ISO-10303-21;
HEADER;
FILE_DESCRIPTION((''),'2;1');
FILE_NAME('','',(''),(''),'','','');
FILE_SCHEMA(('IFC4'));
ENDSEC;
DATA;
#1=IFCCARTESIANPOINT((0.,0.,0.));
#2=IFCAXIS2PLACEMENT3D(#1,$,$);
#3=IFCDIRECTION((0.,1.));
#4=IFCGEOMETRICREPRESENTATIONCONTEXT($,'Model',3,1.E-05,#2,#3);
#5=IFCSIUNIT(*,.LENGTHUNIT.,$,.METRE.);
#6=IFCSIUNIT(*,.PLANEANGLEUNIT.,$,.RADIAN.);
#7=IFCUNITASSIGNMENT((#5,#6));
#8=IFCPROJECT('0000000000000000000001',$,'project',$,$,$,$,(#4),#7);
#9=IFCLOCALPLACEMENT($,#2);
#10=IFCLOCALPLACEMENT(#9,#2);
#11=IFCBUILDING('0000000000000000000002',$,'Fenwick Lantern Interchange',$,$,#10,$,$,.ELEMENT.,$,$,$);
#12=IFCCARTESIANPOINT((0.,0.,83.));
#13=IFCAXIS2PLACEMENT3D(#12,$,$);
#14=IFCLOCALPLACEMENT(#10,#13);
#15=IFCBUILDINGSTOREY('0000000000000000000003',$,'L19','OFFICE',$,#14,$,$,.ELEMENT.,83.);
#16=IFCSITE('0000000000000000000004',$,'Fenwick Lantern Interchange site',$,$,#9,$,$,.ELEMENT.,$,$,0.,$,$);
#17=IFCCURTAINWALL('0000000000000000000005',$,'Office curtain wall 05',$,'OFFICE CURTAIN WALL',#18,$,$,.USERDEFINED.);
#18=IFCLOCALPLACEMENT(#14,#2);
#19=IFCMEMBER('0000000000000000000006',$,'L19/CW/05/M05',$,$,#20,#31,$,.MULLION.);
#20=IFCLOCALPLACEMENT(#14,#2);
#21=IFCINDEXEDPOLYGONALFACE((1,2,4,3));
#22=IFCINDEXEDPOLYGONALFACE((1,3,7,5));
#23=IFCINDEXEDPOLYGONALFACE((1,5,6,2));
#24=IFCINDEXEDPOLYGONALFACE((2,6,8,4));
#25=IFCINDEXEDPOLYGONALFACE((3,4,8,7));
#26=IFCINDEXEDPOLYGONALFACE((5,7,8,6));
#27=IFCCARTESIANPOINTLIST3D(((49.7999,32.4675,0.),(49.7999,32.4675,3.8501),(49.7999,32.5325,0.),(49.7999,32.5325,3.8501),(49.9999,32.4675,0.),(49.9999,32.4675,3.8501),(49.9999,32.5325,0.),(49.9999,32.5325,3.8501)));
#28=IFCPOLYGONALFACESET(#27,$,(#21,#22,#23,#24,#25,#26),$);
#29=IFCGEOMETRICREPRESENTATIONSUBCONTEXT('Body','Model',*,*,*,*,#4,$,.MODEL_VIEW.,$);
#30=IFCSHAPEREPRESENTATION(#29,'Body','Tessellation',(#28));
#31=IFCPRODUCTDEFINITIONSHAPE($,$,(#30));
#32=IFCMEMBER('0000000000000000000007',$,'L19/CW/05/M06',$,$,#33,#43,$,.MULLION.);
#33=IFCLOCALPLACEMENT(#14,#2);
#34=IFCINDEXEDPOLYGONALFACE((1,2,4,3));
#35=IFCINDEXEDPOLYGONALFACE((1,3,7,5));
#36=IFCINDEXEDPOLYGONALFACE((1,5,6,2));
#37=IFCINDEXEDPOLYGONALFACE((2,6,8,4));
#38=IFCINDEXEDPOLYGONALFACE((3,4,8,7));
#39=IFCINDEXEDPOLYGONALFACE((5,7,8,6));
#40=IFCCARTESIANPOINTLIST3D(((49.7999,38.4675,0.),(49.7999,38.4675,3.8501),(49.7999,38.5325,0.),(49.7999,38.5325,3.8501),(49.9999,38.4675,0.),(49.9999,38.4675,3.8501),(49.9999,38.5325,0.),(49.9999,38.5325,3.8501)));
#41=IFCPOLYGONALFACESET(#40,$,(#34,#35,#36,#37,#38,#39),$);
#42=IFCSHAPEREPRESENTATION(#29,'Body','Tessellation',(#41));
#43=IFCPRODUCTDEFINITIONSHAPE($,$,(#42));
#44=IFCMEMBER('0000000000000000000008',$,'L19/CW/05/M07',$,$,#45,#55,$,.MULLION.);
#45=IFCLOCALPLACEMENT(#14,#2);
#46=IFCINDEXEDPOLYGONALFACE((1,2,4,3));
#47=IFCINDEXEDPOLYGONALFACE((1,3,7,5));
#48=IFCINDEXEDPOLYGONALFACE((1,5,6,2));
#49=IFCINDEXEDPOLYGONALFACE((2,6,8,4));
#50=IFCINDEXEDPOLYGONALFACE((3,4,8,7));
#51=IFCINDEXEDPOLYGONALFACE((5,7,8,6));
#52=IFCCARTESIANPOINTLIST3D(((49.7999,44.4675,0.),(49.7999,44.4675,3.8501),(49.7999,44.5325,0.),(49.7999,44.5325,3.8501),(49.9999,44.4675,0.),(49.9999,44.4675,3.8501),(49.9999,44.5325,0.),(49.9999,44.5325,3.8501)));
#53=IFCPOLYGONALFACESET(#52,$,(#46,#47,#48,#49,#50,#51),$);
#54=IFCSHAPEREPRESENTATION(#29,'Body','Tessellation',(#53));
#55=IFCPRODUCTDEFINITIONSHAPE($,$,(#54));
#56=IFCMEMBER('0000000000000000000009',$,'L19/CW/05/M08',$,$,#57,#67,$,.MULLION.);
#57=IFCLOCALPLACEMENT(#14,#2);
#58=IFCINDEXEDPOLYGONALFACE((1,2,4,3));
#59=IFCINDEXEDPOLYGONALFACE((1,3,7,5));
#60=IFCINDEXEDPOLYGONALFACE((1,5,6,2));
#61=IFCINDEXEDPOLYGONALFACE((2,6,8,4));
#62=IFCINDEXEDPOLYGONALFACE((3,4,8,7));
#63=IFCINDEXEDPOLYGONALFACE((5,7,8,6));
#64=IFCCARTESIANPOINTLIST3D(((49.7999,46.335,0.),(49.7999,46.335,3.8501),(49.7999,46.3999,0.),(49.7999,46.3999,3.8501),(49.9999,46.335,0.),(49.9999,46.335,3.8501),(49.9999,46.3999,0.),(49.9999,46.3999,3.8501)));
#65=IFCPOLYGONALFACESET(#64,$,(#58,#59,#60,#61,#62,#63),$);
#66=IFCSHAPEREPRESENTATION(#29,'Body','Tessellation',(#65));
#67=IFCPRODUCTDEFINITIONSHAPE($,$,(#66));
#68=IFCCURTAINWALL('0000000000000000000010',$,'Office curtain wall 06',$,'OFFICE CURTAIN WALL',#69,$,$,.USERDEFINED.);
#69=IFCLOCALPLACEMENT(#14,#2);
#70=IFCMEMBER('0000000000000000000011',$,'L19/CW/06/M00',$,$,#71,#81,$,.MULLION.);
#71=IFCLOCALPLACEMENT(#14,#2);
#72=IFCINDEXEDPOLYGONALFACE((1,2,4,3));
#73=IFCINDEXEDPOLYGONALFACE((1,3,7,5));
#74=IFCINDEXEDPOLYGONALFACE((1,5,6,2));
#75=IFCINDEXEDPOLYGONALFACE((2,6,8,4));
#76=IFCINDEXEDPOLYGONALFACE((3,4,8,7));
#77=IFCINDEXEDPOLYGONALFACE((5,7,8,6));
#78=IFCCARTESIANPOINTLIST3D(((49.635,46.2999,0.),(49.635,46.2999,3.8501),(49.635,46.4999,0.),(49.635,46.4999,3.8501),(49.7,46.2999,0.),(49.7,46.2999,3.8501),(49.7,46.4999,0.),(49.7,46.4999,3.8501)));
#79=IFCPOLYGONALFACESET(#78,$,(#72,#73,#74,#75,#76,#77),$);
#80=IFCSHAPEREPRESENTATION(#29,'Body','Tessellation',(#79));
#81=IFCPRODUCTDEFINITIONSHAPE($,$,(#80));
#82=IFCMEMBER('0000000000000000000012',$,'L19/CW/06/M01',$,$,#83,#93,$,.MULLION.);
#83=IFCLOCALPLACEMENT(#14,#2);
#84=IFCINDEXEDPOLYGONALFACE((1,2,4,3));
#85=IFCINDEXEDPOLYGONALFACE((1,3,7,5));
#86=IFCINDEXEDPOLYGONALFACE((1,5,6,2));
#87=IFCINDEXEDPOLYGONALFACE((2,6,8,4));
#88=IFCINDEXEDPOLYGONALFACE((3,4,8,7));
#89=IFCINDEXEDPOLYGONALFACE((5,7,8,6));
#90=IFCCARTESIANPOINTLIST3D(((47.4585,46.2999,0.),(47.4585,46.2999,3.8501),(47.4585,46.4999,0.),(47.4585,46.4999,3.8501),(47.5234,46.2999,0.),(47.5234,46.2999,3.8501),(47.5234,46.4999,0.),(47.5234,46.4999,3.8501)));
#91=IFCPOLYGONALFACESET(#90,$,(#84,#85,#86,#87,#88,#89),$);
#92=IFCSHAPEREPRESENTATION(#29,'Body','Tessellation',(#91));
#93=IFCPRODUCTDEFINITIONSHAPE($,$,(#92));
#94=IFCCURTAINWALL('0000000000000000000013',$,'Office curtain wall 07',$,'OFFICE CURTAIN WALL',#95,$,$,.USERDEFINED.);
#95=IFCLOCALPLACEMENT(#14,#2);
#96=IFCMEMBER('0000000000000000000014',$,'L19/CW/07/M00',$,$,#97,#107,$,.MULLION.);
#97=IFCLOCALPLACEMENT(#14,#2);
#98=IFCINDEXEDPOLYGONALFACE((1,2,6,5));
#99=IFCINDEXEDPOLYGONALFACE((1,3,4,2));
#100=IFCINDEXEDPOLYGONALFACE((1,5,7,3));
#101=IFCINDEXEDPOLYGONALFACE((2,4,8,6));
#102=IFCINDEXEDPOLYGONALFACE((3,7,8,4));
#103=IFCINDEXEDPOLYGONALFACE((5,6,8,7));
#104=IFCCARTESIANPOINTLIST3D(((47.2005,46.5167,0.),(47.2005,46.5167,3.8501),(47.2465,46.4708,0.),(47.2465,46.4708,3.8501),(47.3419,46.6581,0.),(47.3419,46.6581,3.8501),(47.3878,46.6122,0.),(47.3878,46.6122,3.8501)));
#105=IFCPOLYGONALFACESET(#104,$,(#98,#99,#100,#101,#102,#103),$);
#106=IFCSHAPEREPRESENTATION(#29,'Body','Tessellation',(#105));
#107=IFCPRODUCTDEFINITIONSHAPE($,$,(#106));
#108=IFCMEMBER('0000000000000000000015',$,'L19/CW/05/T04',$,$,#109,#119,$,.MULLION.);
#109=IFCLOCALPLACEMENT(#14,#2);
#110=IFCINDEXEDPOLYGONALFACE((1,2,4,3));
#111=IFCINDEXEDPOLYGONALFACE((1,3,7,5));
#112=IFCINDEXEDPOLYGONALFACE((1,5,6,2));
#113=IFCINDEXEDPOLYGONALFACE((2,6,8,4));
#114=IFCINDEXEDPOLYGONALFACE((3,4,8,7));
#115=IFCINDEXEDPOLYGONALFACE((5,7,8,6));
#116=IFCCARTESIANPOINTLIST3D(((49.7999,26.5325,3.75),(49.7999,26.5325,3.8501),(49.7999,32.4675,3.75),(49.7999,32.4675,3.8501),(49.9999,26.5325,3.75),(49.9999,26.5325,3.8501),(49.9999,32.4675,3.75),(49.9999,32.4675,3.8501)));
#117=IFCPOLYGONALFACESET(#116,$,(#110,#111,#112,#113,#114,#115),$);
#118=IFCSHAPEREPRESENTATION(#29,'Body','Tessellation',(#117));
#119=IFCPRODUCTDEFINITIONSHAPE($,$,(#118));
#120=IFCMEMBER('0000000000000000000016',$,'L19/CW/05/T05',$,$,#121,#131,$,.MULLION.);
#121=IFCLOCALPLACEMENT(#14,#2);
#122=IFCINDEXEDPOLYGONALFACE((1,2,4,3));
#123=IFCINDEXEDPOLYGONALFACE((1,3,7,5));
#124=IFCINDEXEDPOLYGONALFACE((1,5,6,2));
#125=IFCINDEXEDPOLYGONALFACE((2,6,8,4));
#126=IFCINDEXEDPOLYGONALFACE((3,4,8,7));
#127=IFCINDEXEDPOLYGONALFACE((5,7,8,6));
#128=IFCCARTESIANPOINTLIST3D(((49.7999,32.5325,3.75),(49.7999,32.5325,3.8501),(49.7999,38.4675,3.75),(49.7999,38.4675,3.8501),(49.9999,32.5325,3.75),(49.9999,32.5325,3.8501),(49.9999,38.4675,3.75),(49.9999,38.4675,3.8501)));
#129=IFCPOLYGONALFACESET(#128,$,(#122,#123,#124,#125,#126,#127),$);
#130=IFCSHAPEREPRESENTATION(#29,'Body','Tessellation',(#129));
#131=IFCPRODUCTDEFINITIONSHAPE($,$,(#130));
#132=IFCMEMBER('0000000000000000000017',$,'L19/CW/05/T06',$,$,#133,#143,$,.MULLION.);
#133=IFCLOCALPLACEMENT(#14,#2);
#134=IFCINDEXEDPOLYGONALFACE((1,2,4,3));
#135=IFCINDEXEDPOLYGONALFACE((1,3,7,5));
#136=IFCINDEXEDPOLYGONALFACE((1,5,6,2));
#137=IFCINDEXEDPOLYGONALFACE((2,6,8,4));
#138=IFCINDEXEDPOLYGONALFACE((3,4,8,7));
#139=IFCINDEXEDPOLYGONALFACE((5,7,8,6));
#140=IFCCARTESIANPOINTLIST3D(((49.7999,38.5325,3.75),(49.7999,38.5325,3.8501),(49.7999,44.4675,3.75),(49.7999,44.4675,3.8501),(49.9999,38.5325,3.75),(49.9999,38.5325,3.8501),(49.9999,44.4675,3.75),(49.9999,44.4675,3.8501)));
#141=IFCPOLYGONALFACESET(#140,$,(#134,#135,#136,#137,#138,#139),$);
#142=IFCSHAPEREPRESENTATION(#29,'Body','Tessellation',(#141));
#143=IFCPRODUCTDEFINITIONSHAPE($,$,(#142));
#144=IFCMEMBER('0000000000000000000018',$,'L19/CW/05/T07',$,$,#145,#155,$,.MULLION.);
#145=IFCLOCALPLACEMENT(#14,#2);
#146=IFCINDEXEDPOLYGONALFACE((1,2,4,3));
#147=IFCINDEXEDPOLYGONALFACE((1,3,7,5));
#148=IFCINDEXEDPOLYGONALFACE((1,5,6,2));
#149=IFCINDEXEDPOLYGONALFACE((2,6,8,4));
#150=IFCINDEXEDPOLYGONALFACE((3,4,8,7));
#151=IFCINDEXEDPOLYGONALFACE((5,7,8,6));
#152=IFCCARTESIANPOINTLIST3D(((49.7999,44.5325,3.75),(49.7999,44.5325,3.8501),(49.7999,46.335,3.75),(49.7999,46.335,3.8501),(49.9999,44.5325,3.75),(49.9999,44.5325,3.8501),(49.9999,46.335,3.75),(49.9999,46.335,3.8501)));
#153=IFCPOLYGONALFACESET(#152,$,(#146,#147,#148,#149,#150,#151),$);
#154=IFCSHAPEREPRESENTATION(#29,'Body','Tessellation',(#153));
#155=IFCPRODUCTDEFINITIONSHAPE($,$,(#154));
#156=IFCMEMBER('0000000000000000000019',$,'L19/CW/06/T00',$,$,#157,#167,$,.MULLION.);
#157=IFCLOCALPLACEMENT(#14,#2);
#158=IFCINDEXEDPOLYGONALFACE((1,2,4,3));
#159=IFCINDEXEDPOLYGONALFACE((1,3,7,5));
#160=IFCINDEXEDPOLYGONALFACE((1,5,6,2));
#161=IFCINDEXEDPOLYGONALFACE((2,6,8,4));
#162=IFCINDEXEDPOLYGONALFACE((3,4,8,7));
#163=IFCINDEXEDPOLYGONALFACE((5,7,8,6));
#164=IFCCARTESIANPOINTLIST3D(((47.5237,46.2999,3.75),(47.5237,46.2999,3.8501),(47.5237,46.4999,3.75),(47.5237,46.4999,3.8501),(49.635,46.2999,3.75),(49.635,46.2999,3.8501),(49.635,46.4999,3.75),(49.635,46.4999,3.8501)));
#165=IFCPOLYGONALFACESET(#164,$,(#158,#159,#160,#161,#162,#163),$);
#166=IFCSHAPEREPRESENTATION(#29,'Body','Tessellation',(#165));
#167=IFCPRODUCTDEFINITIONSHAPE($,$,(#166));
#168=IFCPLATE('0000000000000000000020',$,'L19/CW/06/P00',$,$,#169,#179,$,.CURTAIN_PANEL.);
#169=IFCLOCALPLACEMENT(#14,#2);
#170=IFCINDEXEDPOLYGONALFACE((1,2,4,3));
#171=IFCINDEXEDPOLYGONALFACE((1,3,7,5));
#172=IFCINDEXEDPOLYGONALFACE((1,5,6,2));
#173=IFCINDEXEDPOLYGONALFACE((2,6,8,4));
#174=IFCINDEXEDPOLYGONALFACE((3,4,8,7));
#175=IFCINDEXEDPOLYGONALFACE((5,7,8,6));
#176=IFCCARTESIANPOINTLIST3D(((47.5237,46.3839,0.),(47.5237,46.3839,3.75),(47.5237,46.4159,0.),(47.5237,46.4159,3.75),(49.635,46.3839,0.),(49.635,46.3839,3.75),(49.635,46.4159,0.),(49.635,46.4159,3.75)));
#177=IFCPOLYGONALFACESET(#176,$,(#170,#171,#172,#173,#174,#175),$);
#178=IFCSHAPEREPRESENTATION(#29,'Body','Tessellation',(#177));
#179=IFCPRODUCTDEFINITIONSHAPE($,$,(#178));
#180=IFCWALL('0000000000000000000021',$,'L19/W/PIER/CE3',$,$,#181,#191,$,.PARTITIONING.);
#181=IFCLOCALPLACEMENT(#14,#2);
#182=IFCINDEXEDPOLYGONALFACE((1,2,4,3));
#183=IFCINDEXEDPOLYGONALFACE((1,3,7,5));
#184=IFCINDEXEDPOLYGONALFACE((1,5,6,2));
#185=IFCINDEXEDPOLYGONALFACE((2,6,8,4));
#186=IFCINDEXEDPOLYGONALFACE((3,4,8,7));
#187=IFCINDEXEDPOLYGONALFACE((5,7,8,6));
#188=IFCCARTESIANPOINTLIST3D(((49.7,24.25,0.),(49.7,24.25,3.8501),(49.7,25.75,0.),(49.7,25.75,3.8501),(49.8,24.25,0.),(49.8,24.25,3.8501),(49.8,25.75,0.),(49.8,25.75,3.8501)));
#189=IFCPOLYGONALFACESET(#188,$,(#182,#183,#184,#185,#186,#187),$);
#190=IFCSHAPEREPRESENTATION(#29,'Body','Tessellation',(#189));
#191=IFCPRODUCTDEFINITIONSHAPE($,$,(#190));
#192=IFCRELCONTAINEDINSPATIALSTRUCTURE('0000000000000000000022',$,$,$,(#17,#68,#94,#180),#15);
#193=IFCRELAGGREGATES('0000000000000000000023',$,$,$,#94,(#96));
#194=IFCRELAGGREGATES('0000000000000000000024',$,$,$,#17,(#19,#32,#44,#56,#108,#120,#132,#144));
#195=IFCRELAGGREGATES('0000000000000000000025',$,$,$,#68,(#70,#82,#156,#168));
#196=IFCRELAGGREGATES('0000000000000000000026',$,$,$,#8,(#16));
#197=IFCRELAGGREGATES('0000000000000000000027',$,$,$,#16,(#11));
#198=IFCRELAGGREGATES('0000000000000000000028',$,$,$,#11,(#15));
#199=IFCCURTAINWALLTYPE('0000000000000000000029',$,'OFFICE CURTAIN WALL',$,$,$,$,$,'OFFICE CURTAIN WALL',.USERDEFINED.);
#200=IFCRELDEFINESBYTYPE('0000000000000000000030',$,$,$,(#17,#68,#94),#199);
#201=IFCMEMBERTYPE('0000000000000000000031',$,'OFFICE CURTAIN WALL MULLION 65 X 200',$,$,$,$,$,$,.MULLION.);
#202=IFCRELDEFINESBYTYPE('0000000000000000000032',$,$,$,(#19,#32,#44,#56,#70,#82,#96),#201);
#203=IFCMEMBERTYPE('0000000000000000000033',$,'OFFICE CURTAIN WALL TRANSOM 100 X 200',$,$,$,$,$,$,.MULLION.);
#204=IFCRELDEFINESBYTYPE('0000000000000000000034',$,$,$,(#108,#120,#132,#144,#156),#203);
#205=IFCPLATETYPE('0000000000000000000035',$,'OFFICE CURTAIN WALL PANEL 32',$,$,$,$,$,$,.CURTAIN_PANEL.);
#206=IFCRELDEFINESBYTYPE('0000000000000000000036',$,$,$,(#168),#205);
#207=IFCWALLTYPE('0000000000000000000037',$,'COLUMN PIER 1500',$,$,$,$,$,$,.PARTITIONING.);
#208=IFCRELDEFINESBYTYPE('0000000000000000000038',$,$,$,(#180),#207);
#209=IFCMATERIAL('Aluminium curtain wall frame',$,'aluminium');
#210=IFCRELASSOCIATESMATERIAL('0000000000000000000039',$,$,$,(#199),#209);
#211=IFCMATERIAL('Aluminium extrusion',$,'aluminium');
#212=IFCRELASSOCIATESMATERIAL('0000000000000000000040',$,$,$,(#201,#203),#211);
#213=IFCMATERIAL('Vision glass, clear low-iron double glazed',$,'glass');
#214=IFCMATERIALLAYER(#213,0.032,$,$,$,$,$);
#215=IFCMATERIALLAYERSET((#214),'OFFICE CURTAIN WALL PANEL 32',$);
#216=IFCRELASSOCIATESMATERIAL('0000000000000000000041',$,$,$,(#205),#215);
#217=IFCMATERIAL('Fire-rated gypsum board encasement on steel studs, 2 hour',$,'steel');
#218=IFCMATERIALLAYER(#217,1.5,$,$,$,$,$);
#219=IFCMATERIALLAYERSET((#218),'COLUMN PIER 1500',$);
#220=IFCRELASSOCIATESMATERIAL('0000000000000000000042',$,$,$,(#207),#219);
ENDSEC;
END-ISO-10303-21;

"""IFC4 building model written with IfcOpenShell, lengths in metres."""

from ifc_helpers import new_model, si_unit, direction, frame, frame_2d, origin, origin_2d, place, context, subcontext, project, spatial, rectangle, extrude, material, layer, layer_set, material_profile, profile_set, type_object, element, aggregate, save


model = new_model("IFC4")

# Units and contexts
model_context = context("Model", 3, precision=1e-05, world=origin(), true_north=direction((0.0, 1.0)))
body_context = subcontext(model_context, "Body", "Model", "MODEL_VIEW")
ifc_project = project(units=[si_unit("LENGTHUNIT", "METRE"), si_unit("PLANEANGLEUNIT", "RADIAN")], contexts=[model_context])

# Site, building, storey
site_placement = place(None, origin())
site = spatial("IfcSite", under=ifc_project, at=site_placement, Name="Fenwick Lantern Interchange site", CompositionType="ELEMENT", RefElevation=0.0)
building_placement = place(site_placement, origin())
building = spatial("IfcBuilding", under=site, at=building_placement, Name="Fenwick Lantern Interchange", CompositionType="ELEMENT")
storey_placement = place(building_placement, frame((0.0, 0.0, 83.0)))
storey = spatial("IfcBuildingStorey", under=building, at=storey_placement, Name="L19", Description="OFFICE", CompositionType="ELEMENT", Elevation=83.0)

# Curtain walls, members
ifc_material_1 = material(Name="Aluminium curtain wall frame", Category="aluminium")
curtain_wall_type = type_object("IfcCurtainWallType", Name="OFFICE CURTAIN WALL", ElementType="OFFICE CURTAIN WALL", PredefinedType="USERDEFINED", material=ifc_material_1)
curtain_wall_1_placement = place(storey_placement, origin())
curtain_wall_1 = element("IfcCurtainWall", 1, at=curtain_wall_1_placement, inside=storey, type_object=curtain_wall_type, Name="Office curtain wall 05", ObjectType="OFFICE CURTAIN WALL", PredefinedType="USERDEFINED")
ifc_material_2 = material(Name="Aluminium extrusion", Category="aluminium")
ifc_material_profile_1 = material_profile(ifc_material_2, rectangle(XDim=0.2, YDim=0.0649, at=origin_2d()), Name="OFFICE CURTAIN WALL MULLION 65 X 200")
ifc_profile_set_1 = profile_set([ifc_material_profile_1], Name="Aluminium extrusion")
member_type_1 = type_object("IfcMemberType", Name="OFFICE CURTAIN WALL MULLION 65 X 200", PredefinedType="MULLION", material=ifc_profile_set_1)
member_1_placement = place(storey_placement, frame((49.8999, 32.5, 0.0), z_axis=(0.0, 0.0, 1.0), x_axis=(-1.0, 0.0, 0.0)))
member_1 = element("IfcMember", 2, at=member_1_placement, type_object=member_type_1, Name="L19/CW/05/M05", PredefinedType="MULLION", context=body_context, shape_type="SweptSolid", body=[
    extrude(rectangle(XDim=0.2, YDim=0.0649, at=origin_2d()), origin(), (0.0, 0.0, 1.0), 3.8501),
])
member_2_placement = place(storey_placement, frame((49.8999, 38.5, 0.0), z_axis=(0.0, 0.0, 1.0), x_axis=(-1.0, 0.0, 0.0)))
member_2 = element("IfcMember", 3, at=member_2_placement, type_object=member_type_1, Name="L19/CW/05/M06", PredefinedType="MULLION", context=body_context, shape_type="SweptSolid", body=[
    extrude(rectangle(XDim=0.2, YDim=0.0649, at=origin_2d()), origin(), (0.0, 0.0, 1.0), 3.8501),
])
member_3_placement = place(storey_placement, frame((49.8999, 44.5, 0.0), z_axis=(0.0, 0.0, 1.0), x_axis=(-1.0, 0.0, 0.0)))
member_3 = element("IfcMember", 4, at=member_3_placement, type_object=member_type_1, Name="L19/CW/05/M07", PredefinedType="MULLION", context=body_context, shape_type="SweptSolid", body=[
    extrude(rectangle(XDim=0.2, YDim=0.0649, at=origin_2d()), origin(), (0.0, 0.0, 1.0), 3.8501),
])
member_4_placement = place(storey_placement, frame((49.8999, 46.3674, 0.0), z_axis=(0.0, 0.0, 1.0), x_axis=(-1.0, 0.0, 0.0)))
member_4 = element("IfcMember", 5, at=member_4_placement, type_object=member_type_1, Name="L19/CW/05/M08", PredefinedType="MULLION", context=body_context, shape_type="SweptSolid", body=[
    extrude(rectangle(XDim=0.2, YDim=0.0649, at=origin_2d()), origin(), (0.0, 0.0, 1.0), 3.8501),
])
curtain_wall_2_placement = place(storey_placement, origin())
curtain_wall_2 = element("IfcCurtainWall", 6, at=curtain_wall_2_placement, inside=storey, type_object=curtain_wall_type, Name="Office curtain wall 06", ObjectType="OFFICE CURTAIN WALL", PredefinedType="USERDEFINED")
member_5_placement = place(storey_placement, frame((49.6675, 46.3999, 0.0), z_axis=(0.0, 0.0, 1.0), x_axis=(0.0, -1.0, 0.0)))
member_5 = element("IfcMember", 7, at=member_5_placement, type_object=member_type_1, Name="L19/CW/06/M00", PredefinedType="MULLION", context=body_context, shape_type="SweptSolid", body=[
    extrude(rectangle(XDim=0.2, YDim=0.0649, at=origin_2d()), origin(), (0.0, 0.0, 1.0), 3.8501),
])
member_6_placement = place(storey_placement, frame((47.491, 46.3999, 0.0), z_axis=(0.0, 0.0, 1.0), x_axis=(0.0, -1.0, 0.0)))
member_6 = element("IfcMember", 8, at=member_6_placement, type_object=member_type_1, Name="L19/CW/06/M01", PredefinedType="MULLION", context=body_context, shape_type="SweptSolid", body=[
    extrude(rectangle(XDim=0.2, YDim=0.0649, at=origin_2d()), origin(), (0.0, 0.0, 1.0), 3.8501),
])

# Curtain wall, member
curtain_wall_3_placement = place(storey_placement, origin())
curtain_wall_3 = element("IfcCurtainWall", 9, at=curtain_wall_3_placement, inside=storey, type_object=curtain_wall_type, Name="Office curtain wall 07", ObjectType="OFFICE CURTAIN WALL", PredefinedType="USERDEFINED")
member_7_placement = place(storey_placement, frame((47.2942, 46.5645, 0.0), z_axis=(0.0, 0.0, 1.0), x_axis=(-0.707107, -0.707107, 0.0)))
member_7 = element("IfcMember", 10, at=member_7_placement, type_object=member_type_1, Name="L19/CW/07/M00", PredefinedType="MULLION", context=body_context, shape_type="SweptSolid", body=[
    extrude(rectangle(XDim=0.2, YDim=0.0649, at=origin_2d()), origin(), (0.0, 0.0, 1.0), 3.8501),
])
aggregate(curtain_wall_3, [member_7])

# Members
ifc_material_profile_2 = material_profile(ifc_material_2, rectangle(XDim=0.2, YDim=0.1001, at=origin_2d()), Name="OFFICE CURTAIN WALL TRANSOM 100 X 200")
ifc_profile_set_2 = profile_set([ifc_material_profile_2], Name="Aluminium extrusion")
member_type_2 = type_object("IfcMemberType", Name="OFFICE CURTAIN WALL TRANSOM 100 X 200", PredefinedType="MULLION", material=ifc_profile_set_2)
member_8_placement = place(storey_placement, frame((49.8999, 26.5325, 3.8), z_axis=(0.0, 1.0, 0.0), x_axis=(-1.0, 0.0, 0.0)))
member_8 = element("IfcMember", 11, at=member_8_placement, type_object=member_type_2, Name="L19/CW/05/T04", PredefinedType="MULLION", context=body_context, shape_type="SweptSolid", body=[
    extrude(rectangle(XDim=0.2, YDim=0.1001, at=origin_2d()), origin(), (0.0, 0.0, 1.0), 5.9351),
])
member_9_placement = place(storey_placement, frame((49.8999, 32.5325, 3.8), z_axis=(0.0, 1.0, 0.0), x_axis=(-1.0, 0.0, 0.0)))
member_9 = element("IfcMember", 12, at=member_9_placement, type_object=member_type_2, Name="L19/CW/05/T05", PredefinedType="MULLION", context=body_context, shape_type="SweptSolid", body=[
    extrude(rectangle(XDim=0.2, YDim=0.1001, at=origin_2d()), origin(), (0.0, 0.0, 1.0), 5.9351),
])
member_10_placement = place(storey_placement, frame((49.8999, 38.5325, 3.8), z_axis=(0.0, 1.0, 0.0), x_axis=(-1.0, 0.0, 0.0)))
member_10 = element("IfcMember", 13, at=member_10_placement, type_object=member_type_2, Name="L19/CW/05/T06", PredefinedType="MULLION", context=body_context, shape_type="SweptSolid", body=[
    extrude(rectangle(XDim=0.2, YDim=0.1001, at=origin_2d()), origin(), (0.0, 0.0, 1.0), 5.9351),
])
member_11_placement = place(storey_placement, frame((49.8999, 44.5325, 3.8), z_axis=(0.0, 1.0, 0.0), x_axis=(-1.0, 0.0, 0.0)))
member_11 = element("IfcMember", 14, at=member_11_placement, type_object=member_type_2, Name="L19/CW/05/T07", PredefinedType="MULLION", context=body_context, shape_type="SweptSolid", body=[
    extrude(rectangle(XDim=0.2, YDim=0.1001, at=origin_2d()), origin(), (0.0, 0.0, 1.0), 1.8025),
])
aggregate(curtain_wall_1, [member_1, member_2, member_3, member_4, member_8, member_9, member_10, member_11])
member_12_placement = place(storey_placement, frame((49.635, 46.3999, 3.8), z_axis=(-1.0, 0.0, 0.0), x_axis=(0.0, -1.0, 0.0)))
member_12 = element("IfcMember", 15, at=member_12_placement, type_object=member_type_2, Name="L19/CW/06/T00", PredefinedType="MULLION", context=body_context, shape_type="SweptSolid", body=[
    extrude(rectangle(XDim=0.2, YDim=0.1001, at=origin_2d()), origin(), (0.0, 0.0, 1.0), 2.1113),
])

# Plate
ifc_material_3 = material(Name="Vision glass, clear low-iron double glazed", Category="glass")
ifc_layer_1 = layer(ifc_material_3, 0.032)
ifc_layer_set_1 = layer_set([ifc_layer_1], Name="OFFICE CURTAIN WALL PANEL 32")
plate_type = type_object("IfcPlateType", Name="OFFICE CURTAIN WALL PANEL 32", PredefinedType="CURTAIN_PANEL", material=ifc_layer_set_1)
plate_placement = place(storey_placement, frame((48.5793, 46.3999, 0.0), z_axis=(0.0, 0.0, 1.0), x_axis=(-1.0, 0.0, 0.0)))
plate = element("IfcPlate", 16, at=plate_placement, type_object=plate_type, Name="L19/CW/06/P00", PredefinedType="CURTAIN_PANEL", context=body_context, shape_type="SweptSolid", body=[
    extrude(rectangle(XDim=2.1113, YDim=0.032, at=origin_2d()), origin(), (0.0, 0.0, 1.0), 3.75),
])
aggregate(curtain_wall_2, [member_5, member_6, member_12, plate])

# Wall
ifc_material_4 = material(Name="Fire-rated gypsum board encasement on steel studs, 2 hour", Category="steel")
ifc_layer_2 = layer(ifc_material_4, 1.5)
ifc_layer_set_2 = layer_set([ifc_layer_2], Name="COLUMN PIER 1500")
wall_type_1 = type_object("IfcWallType", Name="COLUMN PIER 1500", PredefinedType="PARTITIONING", material=ifc_layer_set_2)
wall_1_placement = place(storey_placement, frame((49.8, 25.0, 0.0), z_axis=(0.0, 0.0, 1.0), x_axis=(-1.0, 0.0, 0.0)))
element("IfcWall", 17, at=wall_1_placement, inside=storey, type_object=wall_type_1, Name="L19/W/PIER/CE3", PredefinedType="PARTITIONING", context=body_context, shape_type="SweptSolid", body=[
    extrude(rectangle(XDim=0.1001, YDim=1.5, at=frame_2d((0.05, 0.0))), origin(), (0.0, 0.0, 1.0), 3.8501),
])

save(model, "model.ifc")
